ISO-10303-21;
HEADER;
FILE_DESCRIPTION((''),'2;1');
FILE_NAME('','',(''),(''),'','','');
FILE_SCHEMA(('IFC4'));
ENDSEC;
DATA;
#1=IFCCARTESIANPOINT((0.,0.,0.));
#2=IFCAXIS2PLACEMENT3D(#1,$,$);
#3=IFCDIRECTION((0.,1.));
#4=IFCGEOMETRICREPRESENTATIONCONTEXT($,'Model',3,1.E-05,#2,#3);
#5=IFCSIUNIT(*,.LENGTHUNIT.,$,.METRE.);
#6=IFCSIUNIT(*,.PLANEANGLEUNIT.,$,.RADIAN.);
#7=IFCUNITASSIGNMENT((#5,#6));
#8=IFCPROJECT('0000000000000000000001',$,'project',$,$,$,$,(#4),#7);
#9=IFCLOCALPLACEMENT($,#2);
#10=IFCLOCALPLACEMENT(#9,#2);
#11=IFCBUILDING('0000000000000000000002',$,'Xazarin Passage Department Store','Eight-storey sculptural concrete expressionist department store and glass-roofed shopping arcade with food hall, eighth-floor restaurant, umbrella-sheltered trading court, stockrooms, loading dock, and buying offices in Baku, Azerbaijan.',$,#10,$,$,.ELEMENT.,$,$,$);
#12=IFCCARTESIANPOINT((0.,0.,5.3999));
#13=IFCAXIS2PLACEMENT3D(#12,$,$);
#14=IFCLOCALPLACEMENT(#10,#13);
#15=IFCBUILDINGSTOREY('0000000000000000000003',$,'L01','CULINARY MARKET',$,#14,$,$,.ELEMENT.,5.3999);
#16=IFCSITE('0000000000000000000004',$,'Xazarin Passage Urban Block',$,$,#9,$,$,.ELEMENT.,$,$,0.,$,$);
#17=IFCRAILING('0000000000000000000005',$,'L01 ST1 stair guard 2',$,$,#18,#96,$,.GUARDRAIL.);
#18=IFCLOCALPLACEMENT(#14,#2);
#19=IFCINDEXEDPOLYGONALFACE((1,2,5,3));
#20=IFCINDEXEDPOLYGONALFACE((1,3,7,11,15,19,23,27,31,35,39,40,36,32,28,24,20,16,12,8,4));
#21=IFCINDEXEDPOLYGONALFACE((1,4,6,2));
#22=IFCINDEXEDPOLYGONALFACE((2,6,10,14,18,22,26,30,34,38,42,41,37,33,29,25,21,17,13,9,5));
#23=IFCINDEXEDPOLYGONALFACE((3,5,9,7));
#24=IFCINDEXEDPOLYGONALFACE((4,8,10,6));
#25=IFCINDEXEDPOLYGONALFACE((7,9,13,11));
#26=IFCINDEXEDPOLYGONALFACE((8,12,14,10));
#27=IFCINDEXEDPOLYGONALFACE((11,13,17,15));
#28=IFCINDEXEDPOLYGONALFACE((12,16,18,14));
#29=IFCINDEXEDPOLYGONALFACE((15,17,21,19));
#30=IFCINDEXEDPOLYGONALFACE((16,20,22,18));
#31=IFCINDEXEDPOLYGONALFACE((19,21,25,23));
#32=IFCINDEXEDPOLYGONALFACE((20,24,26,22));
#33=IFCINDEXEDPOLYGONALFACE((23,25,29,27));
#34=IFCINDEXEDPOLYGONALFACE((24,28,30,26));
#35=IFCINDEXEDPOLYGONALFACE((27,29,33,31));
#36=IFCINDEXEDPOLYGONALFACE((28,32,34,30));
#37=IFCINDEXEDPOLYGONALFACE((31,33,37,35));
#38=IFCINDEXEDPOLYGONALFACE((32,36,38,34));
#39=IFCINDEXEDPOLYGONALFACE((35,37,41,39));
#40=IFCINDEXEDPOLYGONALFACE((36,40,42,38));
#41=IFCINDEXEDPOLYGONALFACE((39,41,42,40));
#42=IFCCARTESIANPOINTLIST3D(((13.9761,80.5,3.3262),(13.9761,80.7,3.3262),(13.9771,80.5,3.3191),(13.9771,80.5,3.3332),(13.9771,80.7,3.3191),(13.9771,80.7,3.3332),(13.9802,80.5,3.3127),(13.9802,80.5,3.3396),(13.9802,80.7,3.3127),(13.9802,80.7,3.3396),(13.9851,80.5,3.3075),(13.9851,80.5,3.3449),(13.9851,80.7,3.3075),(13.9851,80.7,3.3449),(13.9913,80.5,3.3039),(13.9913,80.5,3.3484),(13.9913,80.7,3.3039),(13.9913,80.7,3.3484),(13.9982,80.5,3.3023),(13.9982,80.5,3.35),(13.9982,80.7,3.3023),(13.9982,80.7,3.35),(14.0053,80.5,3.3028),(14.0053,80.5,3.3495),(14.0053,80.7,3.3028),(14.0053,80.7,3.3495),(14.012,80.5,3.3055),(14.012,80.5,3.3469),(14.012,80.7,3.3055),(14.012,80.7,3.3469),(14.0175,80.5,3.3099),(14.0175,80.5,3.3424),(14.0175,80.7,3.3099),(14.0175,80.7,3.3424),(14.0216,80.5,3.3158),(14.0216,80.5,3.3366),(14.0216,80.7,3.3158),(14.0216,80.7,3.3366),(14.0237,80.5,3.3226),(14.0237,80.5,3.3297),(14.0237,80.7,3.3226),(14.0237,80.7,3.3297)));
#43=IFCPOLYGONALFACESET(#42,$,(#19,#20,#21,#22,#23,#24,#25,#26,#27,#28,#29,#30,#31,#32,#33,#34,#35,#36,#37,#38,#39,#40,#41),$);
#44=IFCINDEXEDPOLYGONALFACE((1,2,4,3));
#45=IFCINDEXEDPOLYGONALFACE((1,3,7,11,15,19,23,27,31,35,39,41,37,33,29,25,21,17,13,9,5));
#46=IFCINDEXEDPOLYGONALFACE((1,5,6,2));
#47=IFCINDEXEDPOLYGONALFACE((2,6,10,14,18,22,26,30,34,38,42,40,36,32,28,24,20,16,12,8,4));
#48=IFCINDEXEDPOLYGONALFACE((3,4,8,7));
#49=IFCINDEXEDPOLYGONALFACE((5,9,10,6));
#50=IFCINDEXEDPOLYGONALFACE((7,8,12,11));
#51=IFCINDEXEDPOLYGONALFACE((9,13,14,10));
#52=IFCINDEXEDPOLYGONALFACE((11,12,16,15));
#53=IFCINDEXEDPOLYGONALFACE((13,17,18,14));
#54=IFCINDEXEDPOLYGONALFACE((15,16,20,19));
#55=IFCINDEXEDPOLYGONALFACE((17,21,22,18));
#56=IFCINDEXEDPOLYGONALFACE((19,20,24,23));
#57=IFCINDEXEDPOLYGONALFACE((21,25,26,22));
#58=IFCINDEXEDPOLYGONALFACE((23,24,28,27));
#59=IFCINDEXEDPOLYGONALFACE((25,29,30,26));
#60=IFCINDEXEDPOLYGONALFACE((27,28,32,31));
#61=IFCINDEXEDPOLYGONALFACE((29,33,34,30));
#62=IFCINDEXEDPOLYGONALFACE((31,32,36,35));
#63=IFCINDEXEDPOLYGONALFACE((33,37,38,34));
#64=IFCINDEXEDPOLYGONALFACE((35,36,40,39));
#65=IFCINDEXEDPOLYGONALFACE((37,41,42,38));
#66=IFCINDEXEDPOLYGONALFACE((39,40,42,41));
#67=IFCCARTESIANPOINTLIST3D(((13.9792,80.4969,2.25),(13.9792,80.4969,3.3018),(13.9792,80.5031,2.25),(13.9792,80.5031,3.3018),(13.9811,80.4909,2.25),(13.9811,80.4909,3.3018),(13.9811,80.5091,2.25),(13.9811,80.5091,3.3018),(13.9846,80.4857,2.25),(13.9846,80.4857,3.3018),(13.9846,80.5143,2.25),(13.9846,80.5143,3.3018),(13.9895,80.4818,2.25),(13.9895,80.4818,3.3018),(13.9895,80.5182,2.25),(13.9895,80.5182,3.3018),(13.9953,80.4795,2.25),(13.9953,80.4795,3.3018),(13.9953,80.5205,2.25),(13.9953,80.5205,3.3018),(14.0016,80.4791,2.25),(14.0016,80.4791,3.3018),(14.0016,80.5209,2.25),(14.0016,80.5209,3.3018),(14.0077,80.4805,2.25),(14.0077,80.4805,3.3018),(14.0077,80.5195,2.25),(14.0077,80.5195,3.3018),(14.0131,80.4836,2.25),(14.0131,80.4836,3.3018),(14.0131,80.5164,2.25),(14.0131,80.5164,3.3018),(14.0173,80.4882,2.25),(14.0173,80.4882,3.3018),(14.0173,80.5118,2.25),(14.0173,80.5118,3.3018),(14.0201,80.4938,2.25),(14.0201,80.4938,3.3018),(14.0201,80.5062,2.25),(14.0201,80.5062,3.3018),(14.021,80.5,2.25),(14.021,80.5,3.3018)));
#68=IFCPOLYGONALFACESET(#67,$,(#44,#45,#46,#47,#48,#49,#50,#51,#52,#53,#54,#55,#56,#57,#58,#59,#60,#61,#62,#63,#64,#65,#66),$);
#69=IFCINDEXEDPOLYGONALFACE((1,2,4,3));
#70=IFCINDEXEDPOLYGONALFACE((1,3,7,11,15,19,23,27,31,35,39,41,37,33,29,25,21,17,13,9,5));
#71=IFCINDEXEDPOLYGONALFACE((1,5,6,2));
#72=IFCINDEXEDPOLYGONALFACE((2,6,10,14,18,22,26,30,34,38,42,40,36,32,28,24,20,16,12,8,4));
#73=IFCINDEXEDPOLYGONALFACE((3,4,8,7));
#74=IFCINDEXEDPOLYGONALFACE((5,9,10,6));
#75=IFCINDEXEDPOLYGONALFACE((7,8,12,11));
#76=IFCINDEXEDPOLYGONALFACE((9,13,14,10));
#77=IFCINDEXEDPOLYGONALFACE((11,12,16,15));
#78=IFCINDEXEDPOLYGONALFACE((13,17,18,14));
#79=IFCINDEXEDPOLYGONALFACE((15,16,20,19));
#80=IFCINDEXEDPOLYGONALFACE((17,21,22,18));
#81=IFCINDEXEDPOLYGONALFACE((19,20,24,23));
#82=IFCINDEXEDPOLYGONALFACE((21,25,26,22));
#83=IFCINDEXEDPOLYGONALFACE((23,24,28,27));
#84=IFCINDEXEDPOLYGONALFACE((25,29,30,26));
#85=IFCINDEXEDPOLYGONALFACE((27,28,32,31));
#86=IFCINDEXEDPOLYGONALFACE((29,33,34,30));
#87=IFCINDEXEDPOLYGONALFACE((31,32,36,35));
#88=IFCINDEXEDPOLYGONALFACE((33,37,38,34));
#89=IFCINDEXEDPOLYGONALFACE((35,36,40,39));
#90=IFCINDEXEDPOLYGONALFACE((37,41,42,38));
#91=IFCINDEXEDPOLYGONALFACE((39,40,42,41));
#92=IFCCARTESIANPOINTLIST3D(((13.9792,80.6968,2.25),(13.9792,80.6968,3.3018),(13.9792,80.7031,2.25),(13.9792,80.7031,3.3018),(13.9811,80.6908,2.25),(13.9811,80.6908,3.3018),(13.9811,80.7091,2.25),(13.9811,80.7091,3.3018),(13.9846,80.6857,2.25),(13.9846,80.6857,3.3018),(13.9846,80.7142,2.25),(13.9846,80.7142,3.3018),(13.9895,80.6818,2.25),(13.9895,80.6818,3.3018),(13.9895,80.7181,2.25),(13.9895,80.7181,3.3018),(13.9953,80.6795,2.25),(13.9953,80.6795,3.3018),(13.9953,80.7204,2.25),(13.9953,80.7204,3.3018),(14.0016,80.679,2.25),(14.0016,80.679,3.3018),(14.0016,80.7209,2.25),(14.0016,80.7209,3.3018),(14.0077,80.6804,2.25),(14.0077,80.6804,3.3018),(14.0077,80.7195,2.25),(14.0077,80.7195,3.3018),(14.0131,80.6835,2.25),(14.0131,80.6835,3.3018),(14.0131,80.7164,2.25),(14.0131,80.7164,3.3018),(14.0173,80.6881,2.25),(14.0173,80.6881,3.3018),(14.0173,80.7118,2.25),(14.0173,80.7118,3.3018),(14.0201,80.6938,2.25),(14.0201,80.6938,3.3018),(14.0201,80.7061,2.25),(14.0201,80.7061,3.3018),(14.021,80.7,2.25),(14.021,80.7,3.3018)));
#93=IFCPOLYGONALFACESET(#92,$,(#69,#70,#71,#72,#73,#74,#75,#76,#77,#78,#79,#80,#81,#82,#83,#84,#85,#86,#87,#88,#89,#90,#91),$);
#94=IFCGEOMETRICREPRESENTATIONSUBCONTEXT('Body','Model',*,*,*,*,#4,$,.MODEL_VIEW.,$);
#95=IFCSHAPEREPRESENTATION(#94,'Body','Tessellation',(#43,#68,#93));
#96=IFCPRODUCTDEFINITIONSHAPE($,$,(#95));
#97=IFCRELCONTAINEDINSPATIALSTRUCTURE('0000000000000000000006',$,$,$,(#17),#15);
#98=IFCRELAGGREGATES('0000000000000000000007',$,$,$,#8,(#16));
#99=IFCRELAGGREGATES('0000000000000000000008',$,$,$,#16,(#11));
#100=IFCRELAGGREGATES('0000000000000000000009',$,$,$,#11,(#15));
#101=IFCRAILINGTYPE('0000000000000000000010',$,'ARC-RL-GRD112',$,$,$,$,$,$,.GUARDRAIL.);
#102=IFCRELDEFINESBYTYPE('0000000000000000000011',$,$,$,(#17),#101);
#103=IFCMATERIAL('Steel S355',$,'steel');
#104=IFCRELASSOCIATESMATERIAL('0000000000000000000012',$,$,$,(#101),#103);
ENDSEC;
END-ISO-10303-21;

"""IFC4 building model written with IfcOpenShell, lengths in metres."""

from ifc_helpers import new_model, si_unit, direction, frame, origin, origin_2d, place, context, subcontext, project, spatial, circle, extrude, material, type_object, element, save


model = new_model("IFC4")

# Units and contexts
model_context = context("Model", 3, precision=1e-05, world=origin(), true_north=direction((0.0, 1.0)))
body_context = subcontext(model_context, "Body", "Model", "MODEL_VIEW")
ifc_project = project(units=[si_unit("LENGTHUNIT", "METRE"), si_unit("PLANEANGLEUNIT", "RADIAN")], contexts=[model_context])

# Site, building, storey
site_placement = place(None, origin())
site = spatial("IfcSite", under=ifc_project, at=site_placement, Name="Xazarin Passage Urban Block", CompositionType="ELEMENT", RefElevation=0.0)
building_placement = place(site_placement, origin())
building = spatial("IfcBuilding", under=site, at=building_placement, Name="Xazarin Passage Department Store", Description="Eight-storey sculptural concrete expressionist department store and glass-roofed shopping arcade with food hall, eighth-floor restaurant, umbrella-sheltered trading court, stockrooms, loading dock, and buying offices in Baku, Azerbaijan.", CompositionType="ELEMENT")
storey_placement = place(building_placement, frame((0.0, 0.0, 5.3999)))
storey = spatial("IfcBuildingStorey", under=building, at=storey_placement, Name="L01", Description="CULINARY MARKET", CompositionType="ELEMENT", Elevation=5.3999)

# Shared definitions
ifc_material_1 = material(Name="Steel S355", Category="steel")

# Railing
railing_type_1 = type_object("IfcRailingType", Name="ARC-RL-GRD112", PredefinedType="GUARDRAIL", material=ifc_material_1)
railing_1_placement = place(storey_placement, frame((14.0, 80.5, 2.25)))
element("IfcRailing", 1, at=railing_1_placement, inside=storey, type_object=railing_type_1, Name="L01 ST1 stair guard 2", PredefinedType="GUARDRAIL", context=body_context, shape_type="SweptSolid", body=[
    extrude(circle(Radius=0.0239, at=origin_2d()), frame((0.0, 0.0, 1.0762), z_axis=(0.0, 1.0, 0.0), x_axis=(-1.0, 0.0, 0.0)), (0.0, 0.0, 1.0), 0.2),
    extrude(circle(Radius=0.021, at=origin_2d()), origin(), (0.0, 0.0, 1.0), 1.0518),
    extrude(circle(Radius=0.021, at=origin_2d()), frame((0.0, 0.2, 0.0)), (0.0, 0.0, 1.0), 1.0518),
])

save(model, "model.ifc")
